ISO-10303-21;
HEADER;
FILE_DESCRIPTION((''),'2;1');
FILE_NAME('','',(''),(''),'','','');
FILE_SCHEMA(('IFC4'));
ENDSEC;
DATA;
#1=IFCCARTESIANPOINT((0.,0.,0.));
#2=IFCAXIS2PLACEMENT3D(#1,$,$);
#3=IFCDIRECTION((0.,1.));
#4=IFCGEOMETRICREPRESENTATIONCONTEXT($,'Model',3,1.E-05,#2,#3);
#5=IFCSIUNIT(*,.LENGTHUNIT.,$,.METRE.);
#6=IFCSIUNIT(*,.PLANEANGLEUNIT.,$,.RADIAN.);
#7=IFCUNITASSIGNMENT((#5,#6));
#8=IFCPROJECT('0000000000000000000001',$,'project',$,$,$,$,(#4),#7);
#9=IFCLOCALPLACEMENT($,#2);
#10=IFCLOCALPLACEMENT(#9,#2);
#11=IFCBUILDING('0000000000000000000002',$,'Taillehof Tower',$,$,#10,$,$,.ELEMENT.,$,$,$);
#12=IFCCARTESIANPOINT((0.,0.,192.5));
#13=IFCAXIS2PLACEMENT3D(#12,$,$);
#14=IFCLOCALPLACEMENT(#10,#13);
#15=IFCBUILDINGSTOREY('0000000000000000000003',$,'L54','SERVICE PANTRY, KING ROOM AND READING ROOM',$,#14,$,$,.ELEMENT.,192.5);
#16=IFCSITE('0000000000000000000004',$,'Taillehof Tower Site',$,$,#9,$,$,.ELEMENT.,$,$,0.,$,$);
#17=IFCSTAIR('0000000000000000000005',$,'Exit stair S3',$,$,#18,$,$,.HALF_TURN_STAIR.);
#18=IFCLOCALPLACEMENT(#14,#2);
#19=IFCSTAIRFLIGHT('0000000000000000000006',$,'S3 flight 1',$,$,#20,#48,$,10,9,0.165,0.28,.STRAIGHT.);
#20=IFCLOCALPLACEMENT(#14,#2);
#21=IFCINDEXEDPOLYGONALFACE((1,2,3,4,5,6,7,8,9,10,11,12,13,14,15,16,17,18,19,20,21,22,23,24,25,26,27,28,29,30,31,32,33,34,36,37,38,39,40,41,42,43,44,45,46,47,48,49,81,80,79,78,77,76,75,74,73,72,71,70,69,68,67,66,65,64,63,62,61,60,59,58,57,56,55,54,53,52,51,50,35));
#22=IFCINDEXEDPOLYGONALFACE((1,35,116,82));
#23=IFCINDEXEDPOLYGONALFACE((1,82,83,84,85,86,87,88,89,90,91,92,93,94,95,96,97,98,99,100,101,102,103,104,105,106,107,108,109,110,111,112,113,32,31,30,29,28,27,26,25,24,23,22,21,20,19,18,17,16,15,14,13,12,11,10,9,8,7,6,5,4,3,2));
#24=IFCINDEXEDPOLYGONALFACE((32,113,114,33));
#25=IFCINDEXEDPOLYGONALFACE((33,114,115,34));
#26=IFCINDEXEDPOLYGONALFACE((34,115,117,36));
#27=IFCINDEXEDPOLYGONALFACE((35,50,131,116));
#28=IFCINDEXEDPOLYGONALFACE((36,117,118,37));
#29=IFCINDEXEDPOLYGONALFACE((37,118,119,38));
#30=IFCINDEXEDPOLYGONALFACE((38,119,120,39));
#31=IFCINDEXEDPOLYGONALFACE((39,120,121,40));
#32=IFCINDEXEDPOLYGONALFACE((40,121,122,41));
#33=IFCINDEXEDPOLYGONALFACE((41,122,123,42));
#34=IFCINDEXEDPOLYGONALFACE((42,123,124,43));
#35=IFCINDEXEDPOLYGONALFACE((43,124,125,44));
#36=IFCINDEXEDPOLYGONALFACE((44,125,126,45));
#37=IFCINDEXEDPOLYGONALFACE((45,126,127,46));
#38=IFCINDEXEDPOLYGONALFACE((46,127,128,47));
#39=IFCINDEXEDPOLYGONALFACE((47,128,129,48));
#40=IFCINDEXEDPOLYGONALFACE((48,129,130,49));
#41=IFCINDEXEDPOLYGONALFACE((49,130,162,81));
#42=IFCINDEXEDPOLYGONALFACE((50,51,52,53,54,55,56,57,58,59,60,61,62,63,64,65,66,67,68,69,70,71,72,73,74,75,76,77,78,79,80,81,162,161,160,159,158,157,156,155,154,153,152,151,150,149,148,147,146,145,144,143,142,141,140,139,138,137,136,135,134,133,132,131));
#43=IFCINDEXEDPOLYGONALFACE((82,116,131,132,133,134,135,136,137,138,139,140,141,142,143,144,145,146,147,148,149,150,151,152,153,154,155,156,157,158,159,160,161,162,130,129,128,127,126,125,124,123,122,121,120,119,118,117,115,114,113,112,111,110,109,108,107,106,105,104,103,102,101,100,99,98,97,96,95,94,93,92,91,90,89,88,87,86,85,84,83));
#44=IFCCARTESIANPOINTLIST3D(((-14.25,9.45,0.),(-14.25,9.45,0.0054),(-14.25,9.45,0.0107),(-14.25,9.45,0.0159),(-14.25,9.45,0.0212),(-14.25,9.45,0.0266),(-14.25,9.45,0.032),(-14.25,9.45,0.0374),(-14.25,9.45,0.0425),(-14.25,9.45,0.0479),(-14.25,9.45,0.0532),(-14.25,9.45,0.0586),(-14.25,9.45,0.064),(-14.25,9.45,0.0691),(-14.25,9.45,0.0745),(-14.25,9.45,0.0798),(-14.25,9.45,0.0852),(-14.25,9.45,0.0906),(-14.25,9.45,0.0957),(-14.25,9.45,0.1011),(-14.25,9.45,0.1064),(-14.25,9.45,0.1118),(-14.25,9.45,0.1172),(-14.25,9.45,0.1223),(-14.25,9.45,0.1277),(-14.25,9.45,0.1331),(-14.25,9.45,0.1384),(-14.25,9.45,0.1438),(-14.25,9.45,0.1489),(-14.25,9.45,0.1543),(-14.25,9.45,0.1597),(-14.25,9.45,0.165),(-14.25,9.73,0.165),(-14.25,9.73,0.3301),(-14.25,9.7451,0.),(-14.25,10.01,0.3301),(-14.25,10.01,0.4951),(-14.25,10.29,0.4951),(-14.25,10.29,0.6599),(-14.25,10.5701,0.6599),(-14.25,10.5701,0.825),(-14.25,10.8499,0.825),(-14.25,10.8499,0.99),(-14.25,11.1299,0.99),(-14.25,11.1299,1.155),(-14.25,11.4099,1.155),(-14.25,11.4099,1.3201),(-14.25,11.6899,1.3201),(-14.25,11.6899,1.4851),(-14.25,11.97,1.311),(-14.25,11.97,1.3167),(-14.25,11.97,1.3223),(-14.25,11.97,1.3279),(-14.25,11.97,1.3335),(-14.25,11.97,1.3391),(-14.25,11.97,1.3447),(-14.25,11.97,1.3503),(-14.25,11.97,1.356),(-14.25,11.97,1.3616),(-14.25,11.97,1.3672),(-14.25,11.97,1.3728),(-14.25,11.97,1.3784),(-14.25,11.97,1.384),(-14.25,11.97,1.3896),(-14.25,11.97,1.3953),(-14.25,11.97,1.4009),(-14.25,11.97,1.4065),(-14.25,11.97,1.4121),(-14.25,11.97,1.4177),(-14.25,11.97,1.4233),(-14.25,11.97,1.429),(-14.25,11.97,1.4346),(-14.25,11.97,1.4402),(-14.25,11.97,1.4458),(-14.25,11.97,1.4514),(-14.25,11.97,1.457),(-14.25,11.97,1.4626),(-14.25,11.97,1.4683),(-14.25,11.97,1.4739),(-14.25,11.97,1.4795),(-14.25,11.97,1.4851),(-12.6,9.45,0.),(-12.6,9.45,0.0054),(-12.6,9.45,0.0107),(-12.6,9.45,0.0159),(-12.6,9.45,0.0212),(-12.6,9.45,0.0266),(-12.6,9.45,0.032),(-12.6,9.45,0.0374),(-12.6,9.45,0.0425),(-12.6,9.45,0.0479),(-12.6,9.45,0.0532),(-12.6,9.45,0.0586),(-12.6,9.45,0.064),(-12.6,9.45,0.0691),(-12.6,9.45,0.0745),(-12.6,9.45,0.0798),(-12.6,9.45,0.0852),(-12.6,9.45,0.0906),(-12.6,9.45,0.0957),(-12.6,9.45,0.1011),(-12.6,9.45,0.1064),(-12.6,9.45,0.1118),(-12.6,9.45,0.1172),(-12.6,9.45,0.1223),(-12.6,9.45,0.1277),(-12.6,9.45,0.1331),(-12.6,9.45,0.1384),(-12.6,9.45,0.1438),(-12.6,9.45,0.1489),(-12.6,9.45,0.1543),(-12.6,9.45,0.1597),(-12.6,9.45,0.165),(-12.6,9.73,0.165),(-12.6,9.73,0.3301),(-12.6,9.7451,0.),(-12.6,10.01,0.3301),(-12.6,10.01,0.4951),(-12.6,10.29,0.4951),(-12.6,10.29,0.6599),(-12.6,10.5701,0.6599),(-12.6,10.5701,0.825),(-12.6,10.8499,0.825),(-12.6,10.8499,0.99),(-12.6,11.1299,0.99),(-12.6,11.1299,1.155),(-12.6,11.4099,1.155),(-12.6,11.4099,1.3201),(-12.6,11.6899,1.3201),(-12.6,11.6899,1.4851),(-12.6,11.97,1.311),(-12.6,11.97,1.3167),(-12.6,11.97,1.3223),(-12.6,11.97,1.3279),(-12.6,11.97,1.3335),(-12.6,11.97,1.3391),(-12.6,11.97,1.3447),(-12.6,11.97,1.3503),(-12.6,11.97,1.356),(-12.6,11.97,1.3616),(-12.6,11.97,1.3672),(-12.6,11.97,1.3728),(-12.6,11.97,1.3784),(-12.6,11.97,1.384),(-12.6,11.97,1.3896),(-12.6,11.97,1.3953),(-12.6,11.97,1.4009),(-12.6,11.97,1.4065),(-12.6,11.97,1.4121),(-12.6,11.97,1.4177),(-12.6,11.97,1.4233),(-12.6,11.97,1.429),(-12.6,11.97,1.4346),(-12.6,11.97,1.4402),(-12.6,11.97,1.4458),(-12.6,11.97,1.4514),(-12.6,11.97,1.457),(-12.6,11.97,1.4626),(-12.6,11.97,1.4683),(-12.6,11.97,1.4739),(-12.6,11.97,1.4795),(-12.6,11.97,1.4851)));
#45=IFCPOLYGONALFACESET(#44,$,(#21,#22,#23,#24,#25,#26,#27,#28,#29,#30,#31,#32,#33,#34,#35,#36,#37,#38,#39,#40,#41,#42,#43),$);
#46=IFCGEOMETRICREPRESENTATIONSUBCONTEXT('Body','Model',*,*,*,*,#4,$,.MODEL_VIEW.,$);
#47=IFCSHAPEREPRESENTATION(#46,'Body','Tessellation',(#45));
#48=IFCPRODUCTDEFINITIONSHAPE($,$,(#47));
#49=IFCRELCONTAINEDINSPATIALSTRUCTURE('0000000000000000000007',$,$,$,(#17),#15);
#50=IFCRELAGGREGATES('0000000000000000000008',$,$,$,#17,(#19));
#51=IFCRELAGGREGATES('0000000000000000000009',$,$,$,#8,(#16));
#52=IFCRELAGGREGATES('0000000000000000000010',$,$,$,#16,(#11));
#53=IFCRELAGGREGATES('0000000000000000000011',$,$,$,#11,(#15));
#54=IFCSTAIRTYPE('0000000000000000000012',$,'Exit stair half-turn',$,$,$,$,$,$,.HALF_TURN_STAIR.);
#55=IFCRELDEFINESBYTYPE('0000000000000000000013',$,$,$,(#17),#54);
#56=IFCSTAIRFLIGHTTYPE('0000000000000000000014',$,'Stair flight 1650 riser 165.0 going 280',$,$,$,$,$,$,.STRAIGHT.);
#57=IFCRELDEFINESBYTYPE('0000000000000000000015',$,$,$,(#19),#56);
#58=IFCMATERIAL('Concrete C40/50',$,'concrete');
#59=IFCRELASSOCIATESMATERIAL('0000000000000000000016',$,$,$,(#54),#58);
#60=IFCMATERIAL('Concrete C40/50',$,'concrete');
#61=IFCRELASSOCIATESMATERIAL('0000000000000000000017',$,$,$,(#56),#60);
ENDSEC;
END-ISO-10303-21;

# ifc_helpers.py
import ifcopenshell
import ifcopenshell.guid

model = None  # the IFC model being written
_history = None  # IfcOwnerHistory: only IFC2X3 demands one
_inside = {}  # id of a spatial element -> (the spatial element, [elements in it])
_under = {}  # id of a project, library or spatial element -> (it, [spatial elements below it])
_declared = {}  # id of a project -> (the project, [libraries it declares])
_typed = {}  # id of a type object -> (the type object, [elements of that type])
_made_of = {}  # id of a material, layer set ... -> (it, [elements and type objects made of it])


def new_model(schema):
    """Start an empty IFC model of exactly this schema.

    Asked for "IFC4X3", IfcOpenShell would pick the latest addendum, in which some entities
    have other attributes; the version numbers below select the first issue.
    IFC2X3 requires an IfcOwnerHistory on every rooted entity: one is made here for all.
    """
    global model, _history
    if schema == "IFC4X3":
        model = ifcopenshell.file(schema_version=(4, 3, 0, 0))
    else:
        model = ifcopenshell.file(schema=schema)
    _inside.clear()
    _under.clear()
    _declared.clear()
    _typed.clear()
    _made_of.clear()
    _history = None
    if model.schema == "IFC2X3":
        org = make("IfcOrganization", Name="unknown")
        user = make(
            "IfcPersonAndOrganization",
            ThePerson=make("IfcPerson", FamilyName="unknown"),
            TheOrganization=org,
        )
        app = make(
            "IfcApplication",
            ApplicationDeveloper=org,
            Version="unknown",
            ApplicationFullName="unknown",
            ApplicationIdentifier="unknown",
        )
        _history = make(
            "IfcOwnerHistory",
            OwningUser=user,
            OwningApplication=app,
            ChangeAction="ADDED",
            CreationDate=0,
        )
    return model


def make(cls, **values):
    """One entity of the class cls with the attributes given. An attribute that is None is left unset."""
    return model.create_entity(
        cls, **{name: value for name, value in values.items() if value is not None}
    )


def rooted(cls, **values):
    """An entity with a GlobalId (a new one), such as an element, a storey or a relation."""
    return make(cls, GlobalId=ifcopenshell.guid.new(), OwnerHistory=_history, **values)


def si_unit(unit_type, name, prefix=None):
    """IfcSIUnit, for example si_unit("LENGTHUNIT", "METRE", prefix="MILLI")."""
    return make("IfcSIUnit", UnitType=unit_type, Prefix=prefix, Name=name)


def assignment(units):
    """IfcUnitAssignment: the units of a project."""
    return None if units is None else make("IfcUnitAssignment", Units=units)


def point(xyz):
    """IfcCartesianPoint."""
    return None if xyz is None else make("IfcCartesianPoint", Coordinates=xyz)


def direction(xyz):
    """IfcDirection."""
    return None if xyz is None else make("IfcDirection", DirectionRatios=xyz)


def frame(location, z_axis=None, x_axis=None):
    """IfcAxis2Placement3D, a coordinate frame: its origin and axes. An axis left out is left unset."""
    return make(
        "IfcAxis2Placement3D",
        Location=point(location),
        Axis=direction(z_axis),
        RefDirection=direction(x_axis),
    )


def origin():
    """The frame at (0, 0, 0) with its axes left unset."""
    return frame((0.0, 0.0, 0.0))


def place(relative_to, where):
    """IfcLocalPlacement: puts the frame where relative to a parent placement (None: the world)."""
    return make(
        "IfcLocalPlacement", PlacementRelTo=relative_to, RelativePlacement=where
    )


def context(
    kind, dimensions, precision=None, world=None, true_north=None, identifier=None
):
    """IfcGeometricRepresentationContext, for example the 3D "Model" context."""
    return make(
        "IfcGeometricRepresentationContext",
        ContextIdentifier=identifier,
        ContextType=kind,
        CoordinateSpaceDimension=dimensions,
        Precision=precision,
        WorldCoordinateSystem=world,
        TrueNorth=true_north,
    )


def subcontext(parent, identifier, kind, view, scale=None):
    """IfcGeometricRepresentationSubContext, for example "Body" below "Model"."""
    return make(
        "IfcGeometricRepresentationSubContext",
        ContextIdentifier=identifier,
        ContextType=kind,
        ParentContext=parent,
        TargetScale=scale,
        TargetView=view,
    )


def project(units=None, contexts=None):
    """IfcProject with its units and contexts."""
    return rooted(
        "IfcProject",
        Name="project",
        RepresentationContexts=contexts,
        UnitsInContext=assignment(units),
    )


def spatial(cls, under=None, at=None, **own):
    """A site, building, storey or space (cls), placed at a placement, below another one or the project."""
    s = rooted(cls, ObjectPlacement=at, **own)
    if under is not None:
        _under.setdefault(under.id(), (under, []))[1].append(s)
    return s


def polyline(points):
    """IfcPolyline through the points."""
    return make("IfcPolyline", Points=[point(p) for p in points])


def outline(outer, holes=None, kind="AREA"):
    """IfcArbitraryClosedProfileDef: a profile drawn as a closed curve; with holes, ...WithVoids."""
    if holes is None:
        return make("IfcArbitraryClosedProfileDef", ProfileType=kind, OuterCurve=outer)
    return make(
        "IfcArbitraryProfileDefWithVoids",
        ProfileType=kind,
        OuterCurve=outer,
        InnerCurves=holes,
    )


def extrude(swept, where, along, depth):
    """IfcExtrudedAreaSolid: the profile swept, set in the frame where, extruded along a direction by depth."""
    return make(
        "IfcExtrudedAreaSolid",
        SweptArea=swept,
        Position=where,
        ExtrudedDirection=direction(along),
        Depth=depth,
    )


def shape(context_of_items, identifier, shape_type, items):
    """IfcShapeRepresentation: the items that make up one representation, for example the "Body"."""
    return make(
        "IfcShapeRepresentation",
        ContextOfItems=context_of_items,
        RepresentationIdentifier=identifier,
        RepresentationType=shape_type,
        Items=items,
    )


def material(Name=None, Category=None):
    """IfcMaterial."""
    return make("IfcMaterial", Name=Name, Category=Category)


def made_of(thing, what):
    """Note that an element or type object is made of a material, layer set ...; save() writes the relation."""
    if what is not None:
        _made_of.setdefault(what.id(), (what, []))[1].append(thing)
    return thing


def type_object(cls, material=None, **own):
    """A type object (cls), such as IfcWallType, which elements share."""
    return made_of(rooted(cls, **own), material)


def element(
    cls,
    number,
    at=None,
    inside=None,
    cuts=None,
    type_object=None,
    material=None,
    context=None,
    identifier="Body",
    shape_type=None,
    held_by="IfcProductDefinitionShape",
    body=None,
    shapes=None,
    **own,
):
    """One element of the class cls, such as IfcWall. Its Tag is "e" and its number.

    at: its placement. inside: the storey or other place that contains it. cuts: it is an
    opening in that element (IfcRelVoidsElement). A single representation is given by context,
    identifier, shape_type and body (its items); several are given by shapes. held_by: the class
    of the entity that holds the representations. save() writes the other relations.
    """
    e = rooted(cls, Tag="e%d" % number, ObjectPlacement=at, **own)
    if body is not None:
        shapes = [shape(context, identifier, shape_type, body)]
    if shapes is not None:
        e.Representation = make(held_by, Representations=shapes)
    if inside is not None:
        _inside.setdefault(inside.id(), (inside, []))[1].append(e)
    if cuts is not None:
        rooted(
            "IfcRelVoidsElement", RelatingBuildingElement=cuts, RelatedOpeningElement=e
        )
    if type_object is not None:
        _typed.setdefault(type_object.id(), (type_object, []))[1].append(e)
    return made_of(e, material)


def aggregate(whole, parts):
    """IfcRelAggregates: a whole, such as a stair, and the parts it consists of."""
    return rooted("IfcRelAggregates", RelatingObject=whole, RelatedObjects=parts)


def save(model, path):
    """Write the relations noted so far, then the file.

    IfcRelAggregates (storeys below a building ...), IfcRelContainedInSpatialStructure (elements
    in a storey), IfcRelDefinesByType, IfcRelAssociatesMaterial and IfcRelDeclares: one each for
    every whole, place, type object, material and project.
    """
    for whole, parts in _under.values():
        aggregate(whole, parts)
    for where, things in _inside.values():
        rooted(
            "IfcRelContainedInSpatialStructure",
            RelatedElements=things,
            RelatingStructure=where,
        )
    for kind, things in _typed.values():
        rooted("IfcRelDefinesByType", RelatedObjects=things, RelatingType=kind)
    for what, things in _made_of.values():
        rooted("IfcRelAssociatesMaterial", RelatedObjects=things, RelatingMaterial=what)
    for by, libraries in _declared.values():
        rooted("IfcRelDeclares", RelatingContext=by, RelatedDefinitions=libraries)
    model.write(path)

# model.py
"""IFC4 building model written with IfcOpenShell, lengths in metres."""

from ifc_helpers import new_model, si_unit, direction, frame, origin, place, context, subcontext, project, spatial, polyline, outline, extrude, material, type_object, element, aggregate, save


model = new_model("IFC4")

# Units and contexts
model_context = context("Model", 3, precision=1e-05, world=origin(), true_north=direction((0.0, 1.0)))
body_context = subcontext(model_context, "Body", "Model", "MODEL_VIEW")
ifc_project = project(units=[si_unit("LENGTHUNIT", "METRE"), si_unit("PLANEANGLEUNIT", "RADIAN")], contexts=[model_context])

# Site, building, storey
site_placement = place(None, origin())
site = spatial("IfcSite", under=ifc_project, at=site_placement, Name="Taillehof Tower Site", CompositionType="ELEMENT", RefElevation=0.0)
building_placement = place(site_placement, origin())
building = spatial("IfcBuilding", under=site, at=building_placement, Name="Taillehof Tower", CompositionType="ELEMENT")
storey_placement = place(building_placement, frame((0.0, 0.0, 192.5)))
storey = spatial("IfcBuildingStorey", under=building, at=storey_placement, Name="L54", Description="SERVICE PANTRY, KING ROOM AND READING ROOM", CompositionType="ELEMENT", Elevation=192.5)

# Stair, stair flight
ifc_material_1 = material(Name="Concrete C40/50", Category="concrete")
stair_type = type_object("IfcStairType", Name="Exit stair half-turn", PredefinedType="HALF_TURN_STAIR", material=ifc_material_1)
stair_placement = place(storey_placement, origin())
stair = element("IfcStair", 1, at=stair_placement, inside=storey, type_object=stair_type, Name="Exit stair S3", PredefinedType="HALF_TURN_STAIR")
ifc_material_2 = material(Name="Concrete C40/50", Category="concrete")
stair_flight_type = type_object("IfcStairFlightType", Name="Stair flight 1650 riser 165.0 going 280", PredefinedType="STRAIGHT", material=ifc_material_2)
stair_flight_placement = place(storey_placement, frame((-13.425, 9.45, 0.0), z_axis=(0.0, 0.0, 1.0), x_axis=(0.0, 1.0, 0.0)))
stair_flight = element("IfcStairFlight", 2, at=stair_flight_placement, type_object=stair_flight_type, Name="S3 flight 1", NumberOfRisers=10, NumberOfTreads=9, PredefinedType="STRAIGHT", RiserHeight=0.165, TreadLength=0.28, context=body_context, shape_type="SweptSolid", body=[
    extrude(outline(polyline([(0.0, 0.0), (0.0, 0.0054), (0.0, 0.0107), (0.0, 0.0159), (0.0, 0.0212), (0.0, 0.0266), (0.0, 0.032), (0.0, 0.0374), (0.0, 0.0425), (0.0, 0.0479), (0.0, 0.0532), (0.0, 0.0586), (0.0, 0.064), (0.0, 0.0691), (0.0, 0.0745), (0.0, 0.0798), (0.0, 0.0852), (0.0, 0.0906), (0.0, 0.0957), (0.0, 0.1011), (0.0, 0.1064), (0.0, 0.1118), (0.0, 0.1172), (0.0, 0.1223), (0.0, 0.1277), (0.0, 0.1331), (0.0, 0.1384), (0.0, 0.1438), (0.0, 0.1489), (0.0, 0.1543), (0.0, 0.1597), (0.0, 0.165), (0.28, 0.165), (0.28, 0.3301), (0.5601, 0.3301), (0.5601, 0.4951), (0.8401, 0.4951), (0.8401, 0.6599), (1.1201, 0.6599), (1.1201, 0.825), (1.3999, 0.825), (1.3999, 0.99), (1.6799, 0.99), (1.6799, 1.155), (1.96, 1.155), (1.96, 1.3201), (2.24, 1.3201), (2.24, 1.4851), (2.52, 1.4851), (2.52, 1.4795), (2.52, 1.4739), (2.52, 1.4683), (2.52, 1.4626), (2.52, 1.457), (2.52, 1.4514), (2.52, 1.4458), (2.52, 1.4402), (2.52, 1.4346), (2.52, 1.429), (2.52, 1.4233), (2.52, 1.4177), (2.52, 1.4121), (2.52, 1.4065), (2.52, 1.4009), (2.52, 1.3953), (2.52, 1.3896), (2.52, 1.384), (2.52, 1.3784), (2.52, 1.3728), (2.52, 1.3672), (2.52, 1.3616), (2.52, 1.356), (2.52, 1.3503), (2.52, 1.3447), (2.52, 1.3391), (2.52, 1.3335), (2.52, 1.3279), (2.52, 1.3223), (2.52, 1.3167), (2.52, 1.311), (0.2952, 0.0), (0.0, 0.0)])), frame((0.0, 0.825, 0.0), z_axis=(0.0, -1.0, 0.0), x_axis=(1.0, 0.0, 0.0)), (0.0, 0.0, 1.0), 1.65),
])
aggregate(stair, [stair_flight])

save(model, "model.ifc")
